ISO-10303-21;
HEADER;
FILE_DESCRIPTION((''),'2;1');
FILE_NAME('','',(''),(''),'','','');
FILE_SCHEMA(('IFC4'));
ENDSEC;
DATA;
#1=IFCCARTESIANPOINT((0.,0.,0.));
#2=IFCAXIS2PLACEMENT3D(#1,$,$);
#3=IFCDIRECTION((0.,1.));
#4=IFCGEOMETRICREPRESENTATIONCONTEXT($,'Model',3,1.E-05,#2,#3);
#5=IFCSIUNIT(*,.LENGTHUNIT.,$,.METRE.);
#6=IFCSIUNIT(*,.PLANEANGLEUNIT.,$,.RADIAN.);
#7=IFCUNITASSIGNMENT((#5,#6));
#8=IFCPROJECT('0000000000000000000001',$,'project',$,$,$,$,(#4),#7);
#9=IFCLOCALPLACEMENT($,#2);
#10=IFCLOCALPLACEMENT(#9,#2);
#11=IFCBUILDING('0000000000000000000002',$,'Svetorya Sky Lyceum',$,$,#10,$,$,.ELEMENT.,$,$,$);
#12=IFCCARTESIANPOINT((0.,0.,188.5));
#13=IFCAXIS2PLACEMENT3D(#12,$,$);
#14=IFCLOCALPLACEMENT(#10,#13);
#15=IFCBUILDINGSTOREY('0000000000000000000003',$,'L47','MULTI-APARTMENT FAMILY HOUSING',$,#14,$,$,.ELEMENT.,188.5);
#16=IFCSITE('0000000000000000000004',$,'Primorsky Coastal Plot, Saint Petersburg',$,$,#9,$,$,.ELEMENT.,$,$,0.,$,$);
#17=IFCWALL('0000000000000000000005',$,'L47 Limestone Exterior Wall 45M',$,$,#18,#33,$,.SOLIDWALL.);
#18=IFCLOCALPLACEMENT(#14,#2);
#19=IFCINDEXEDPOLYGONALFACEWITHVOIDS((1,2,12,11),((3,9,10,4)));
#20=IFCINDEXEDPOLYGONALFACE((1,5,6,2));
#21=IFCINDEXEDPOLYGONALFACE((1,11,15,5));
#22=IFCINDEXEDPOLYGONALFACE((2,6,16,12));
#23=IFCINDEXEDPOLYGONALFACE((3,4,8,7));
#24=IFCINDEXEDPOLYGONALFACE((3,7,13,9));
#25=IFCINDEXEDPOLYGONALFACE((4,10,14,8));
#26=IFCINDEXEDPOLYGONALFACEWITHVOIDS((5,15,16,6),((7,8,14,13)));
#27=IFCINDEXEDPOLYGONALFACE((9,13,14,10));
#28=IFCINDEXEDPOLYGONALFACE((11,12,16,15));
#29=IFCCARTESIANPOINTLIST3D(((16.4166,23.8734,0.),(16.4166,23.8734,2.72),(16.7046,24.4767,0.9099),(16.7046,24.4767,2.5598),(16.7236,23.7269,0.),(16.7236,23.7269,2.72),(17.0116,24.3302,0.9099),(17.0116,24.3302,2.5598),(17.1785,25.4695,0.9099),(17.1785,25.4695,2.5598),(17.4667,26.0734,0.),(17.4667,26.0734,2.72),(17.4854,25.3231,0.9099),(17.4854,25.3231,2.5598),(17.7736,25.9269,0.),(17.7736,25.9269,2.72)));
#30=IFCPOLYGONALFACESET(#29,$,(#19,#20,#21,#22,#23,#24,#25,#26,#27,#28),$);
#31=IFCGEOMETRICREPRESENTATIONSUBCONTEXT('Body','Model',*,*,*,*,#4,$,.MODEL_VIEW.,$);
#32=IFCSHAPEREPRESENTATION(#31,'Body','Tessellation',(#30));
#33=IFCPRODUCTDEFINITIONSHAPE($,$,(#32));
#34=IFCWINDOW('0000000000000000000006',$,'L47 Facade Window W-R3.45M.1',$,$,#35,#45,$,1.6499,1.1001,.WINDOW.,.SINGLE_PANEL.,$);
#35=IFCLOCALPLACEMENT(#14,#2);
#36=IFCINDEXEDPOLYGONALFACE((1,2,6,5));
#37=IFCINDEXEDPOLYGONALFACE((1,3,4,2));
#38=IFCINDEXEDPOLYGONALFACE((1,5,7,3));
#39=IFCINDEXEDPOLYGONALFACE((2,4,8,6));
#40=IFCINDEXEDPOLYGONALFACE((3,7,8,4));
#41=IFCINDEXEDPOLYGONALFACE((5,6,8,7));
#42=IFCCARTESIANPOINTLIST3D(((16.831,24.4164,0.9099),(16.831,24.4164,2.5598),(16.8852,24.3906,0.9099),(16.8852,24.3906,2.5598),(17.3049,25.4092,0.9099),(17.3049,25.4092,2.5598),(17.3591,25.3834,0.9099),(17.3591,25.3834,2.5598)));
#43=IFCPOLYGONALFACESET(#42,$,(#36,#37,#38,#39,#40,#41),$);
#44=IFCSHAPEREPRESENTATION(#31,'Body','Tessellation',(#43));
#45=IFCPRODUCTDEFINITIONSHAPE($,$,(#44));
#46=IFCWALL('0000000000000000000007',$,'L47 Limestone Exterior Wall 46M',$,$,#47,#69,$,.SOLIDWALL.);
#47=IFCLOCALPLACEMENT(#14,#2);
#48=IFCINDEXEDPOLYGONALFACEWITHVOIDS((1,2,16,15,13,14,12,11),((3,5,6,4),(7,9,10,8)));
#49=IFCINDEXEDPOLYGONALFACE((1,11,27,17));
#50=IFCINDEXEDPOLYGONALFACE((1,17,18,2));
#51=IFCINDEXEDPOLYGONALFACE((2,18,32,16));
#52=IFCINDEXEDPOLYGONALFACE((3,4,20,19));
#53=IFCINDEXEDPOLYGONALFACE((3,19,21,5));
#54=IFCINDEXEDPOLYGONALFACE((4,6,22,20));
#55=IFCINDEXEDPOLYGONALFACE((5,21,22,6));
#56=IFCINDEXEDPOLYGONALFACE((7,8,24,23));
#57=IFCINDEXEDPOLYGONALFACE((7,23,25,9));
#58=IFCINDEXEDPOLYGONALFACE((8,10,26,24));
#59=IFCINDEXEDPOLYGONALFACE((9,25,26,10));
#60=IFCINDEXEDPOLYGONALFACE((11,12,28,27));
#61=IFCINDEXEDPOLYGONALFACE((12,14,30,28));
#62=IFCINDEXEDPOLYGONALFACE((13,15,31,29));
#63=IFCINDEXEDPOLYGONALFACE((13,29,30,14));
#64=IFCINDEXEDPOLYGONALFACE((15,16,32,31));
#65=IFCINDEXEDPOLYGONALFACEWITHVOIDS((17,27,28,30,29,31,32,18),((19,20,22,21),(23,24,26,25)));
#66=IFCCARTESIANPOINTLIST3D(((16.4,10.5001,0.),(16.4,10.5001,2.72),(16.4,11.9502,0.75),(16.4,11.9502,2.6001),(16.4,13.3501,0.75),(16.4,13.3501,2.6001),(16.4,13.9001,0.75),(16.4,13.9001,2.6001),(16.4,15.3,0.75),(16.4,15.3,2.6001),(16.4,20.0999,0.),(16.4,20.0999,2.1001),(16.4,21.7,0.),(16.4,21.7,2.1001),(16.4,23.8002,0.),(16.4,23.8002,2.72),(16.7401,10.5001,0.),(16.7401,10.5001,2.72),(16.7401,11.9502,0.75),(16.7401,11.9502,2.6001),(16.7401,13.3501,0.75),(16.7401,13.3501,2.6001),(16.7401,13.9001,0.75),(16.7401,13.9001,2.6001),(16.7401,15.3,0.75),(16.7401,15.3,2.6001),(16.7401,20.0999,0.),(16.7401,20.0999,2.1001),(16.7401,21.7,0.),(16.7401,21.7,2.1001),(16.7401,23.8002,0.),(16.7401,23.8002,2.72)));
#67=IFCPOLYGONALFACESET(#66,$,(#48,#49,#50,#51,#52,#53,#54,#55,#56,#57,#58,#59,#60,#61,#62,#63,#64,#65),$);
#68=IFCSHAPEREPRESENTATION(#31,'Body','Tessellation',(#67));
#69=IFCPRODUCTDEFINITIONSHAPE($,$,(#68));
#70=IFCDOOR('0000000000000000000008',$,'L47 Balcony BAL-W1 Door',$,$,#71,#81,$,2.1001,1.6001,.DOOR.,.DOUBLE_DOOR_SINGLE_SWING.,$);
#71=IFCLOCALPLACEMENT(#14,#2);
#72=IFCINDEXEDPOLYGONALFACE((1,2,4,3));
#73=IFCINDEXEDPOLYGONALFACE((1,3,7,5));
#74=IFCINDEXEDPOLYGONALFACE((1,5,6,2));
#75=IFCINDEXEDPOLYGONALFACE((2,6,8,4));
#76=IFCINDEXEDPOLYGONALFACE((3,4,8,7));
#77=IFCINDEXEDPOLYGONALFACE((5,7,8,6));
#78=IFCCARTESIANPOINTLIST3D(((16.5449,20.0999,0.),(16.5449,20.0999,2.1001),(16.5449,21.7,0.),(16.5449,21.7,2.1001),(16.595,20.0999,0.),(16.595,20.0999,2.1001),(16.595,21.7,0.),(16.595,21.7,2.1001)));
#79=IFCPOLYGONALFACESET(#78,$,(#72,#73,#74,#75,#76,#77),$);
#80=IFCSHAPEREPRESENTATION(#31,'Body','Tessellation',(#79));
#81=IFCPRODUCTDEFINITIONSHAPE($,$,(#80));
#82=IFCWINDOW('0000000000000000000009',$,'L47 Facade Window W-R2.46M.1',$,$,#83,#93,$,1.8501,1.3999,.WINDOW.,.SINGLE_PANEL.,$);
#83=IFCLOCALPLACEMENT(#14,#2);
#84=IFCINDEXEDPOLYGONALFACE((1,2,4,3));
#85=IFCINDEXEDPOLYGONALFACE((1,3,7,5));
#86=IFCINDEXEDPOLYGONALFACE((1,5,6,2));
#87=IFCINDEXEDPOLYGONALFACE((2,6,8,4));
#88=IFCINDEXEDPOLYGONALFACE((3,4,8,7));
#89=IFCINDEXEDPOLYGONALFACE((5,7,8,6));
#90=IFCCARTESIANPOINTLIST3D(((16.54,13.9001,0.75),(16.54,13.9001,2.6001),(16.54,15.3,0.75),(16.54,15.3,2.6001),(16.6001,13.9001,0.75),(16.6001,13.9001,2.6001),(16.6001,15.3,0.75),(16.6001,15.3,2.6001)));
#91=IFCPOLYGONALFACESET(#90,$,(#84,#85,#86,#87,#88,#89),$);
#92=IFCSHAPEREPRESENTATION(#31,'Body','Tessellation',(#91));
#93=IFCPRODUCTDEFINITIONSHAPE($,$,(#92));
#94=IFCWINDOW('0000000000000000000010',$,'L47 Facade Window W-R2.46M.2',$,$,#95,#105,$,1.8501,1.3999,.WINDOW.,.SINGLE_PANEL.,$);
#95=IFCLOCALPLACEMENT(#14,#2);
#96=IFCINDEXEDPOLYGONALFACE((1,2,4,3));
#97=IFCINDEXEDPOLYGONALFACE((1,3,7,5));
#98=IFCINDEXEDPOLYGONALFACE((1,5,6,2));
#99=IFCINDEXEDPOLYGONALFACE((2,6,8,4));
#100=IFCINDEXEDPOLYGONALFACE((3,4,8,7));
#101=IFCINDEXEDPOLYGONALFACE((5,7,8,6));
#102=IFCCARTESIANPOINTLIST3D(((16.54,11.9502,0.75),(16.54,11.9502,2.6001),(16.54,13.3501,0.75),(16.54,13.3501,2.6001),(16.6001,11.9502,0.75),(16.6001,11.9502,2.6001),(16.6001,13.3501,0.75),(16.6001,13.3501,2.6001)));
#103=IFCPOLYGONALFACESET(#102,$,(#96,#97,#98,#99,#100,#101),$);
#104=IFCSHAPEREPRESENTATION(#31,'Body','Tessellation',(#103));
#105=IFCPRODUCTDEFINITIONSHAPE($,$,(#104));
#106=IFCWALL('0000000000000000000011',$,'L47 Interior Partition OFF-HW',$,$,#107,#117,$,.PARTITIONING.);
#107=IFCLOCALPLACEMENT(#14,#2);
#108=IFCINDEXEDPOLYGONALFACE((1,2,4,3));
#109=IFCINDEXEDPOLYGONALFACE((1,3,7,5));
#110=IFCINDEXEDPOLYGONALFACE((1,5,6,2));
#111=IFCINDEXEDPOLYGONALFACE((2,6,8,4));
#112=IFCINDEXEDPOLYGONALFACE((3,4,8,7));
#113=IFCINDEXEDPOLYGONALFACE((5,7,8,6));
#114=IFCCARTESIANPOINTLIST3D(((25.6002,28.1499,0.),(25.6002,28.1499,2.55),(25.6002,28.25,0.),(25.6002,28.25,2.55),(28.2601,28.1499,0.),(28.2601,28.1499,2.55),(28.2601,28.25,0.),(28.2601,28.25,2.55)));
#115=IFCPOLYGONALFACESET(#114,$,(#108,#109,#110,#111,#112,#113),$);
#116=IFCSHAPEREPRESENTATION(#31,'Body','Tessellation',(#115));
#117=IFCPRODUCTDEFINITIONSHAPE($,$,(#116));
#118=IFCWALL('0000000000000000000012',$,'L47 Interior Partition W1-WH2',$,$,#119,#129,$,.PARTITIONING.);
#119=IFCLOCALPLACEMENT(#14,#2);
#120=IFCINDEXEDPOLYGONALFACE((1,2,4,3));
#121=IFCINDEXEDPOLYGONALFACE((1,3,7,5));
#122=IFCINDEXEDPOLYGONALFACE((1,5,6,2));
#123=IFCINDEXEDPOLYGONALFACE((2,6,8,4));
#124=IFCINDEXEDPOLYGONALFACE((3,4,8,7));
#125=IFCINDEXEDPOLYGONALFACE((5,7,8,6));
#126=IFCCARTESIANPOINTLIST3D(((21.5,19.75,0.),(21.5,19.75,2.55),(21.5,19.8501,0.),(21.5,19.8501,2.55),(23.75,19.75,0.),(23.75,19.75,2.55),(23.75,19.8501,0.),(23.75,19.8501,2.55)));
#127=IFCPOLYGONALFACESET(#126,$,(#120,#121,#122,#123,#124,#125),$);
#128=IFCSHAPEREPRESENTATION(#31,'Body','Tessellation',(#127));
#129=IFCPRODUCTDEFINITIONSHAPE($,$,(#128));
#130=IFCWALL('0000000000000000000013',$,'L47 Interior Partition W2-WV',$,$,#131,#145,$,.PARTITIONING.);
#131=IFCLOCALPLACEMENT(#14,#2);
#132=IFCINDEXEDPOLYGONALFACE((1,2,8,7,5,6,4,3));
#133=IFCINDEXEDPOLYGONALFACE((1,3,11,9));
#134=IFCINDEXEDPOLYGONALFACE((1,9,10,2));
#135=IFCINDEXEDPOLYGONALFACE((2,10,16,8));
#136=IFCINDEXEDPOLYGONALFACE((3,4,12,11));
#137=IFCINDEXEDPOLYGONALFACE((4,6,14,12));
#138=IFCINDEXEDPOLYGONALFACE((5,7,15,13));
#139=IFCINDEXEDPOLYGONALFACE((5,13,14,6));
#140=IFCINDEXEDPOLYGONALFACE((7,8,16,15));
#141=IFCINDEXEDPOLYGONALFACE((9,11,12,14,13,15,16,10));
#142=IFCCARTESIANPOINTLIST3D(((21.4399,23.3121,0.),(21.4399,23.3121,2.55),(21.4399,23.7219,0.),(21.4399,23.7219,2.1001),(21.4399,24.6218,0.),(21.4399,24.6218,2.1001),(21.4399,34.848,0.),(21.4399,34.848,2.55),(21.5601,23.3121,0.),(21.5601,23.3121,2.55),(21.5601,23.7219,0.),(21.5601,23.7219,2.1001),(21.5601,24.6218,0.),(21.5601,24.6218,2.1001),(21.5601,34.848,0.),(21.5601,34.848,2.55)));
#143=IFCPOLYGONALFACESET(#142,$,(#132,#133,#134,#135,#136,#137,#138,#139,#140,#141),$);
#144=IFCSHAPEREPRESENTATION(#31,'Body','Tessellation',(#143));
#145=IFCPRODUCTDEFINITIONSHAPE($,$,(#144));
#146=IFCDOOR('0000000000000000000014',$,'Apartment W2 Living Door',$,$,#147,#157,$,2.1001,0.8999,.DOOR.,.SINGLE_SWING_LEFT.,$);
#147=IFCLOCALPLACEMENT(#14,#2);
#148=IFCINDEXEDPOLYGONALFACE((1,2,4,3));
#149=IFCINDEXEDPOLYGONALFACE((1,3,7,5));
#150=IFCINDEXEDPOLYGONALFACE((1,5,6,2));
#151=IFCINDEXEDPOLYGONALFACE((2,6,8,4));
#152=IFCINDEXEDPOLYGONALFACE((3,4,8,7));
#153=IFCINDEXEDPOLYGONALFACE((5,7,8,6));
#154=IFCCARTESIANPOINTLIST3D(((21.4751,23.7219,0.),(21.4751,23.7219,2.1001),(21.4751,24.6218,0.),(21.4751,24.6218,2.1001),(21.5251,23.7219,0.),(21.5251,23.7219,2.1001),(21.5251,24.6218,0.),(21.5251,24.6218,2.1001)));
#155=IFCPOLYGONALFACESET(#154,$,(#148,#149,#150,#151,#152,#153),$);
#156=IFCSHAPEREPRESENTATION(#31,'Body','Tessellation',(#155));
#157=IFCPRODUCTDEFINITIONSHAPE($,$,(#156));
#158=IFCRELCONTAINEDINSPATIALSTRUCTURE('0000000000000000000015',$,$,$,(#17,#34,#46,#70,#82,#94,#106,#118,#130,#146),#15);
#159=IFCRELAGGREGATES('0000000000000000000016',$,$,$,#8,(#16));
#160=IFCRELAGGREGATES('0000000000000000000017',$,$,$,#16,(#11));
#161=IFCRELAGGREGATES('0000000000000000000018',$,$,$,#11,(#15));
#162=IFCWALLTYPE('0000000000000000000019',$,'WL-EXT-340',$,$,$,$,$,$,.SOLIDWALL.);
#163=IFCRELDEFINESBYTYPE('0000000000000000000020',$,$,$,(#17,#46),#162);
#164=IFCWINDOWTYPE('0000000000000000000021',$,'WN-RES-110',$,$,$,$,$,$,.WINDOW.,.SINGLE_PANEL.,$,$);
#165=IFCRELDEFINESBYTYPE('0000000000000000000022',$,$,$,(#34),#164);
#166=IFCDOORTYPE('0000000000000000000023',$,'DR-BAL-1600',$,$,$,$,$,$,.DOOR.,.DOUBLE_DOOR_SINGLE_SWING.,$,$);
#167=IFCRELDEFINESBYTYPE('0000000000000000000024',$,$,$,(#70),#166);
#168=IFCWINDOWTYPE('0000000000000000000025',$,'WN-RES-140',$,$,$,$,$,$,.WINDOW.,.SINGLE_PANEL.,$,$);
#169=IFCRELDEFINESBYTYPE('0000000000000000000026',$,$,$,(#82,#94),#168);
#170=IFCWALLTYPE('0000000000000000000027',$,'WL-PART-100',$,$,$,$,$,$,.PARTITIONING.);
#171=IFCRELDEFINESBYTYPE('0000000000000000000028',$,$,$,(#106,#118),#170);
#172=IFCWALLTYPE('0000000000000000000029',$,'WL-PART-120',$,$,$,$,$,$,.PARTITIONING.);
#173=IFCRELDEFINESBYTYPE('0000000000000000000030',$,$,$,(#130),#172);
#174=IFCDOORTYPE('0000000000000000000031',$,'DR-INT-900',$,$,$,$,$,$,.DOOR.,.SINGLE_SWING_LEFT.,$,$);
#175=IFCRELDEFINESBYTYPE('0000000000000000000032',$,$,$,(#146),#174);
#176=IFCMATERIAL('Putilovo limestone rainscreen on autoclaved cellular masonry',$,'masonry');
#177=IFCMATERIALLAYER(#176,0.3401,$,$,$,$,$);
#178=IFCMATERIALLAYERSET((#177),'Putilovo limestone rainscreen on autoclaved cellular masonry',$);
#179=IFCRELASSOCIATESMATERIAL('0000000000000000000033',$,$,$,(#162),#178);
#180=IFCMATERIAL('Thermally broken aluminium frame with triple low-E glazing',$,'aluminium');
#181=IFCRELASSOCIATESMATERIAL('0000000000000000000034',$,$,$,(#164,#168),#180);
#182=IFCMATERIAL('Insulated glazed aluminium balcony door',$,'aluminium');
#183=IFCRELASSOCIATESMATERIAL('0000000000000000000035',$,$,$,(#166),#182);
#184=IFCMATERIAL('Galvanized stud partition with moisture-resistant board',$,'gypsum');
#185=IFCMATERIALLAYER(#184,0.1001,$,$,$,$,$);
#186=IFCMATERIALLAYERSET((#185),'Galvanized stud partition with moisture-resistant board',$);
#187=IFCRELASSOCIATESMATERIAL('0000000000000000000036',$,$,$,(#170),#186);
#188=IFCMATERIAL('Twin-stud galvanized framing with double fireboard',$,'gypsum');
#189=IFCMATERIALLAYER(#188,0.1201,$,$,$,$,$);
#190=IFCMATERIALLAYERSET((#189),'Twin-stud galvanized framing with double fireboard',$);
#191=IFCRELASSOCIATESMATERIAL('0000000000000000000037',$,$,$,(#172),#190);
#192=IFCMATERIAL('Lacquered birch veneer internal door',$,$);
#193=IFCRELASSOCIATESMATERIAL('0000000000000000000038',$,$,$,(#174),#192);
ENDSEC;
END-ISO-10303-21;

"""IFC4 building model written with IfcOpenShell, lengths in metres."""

from ifc_helpers import new_model, si_unit, direction, frame, frame_2d, origin, place, context, subcontext, project, spatial, rectangle, extrude, material, layer, layer_set, type_object, element, fill, save


model = new_model("IFC4")

# Units and contexts
model_context = context("Model", 3, precision=1e-05, world=origin(), true_north=direction((0.0, 1.0)))
body_context = subcontext(model_context, "Body", "Model", "MODEL_VIEW")
ifc_project = project(units=[si_unit("LENGTHUNIT", "METRE"), si_unit("PLANEANGLEUNIT", "RADIAN")], contexts=[model_context])

# Site, building, storey
site_placement = place(None, origin())
site = spatial("IfcSite", under=ifc_project, at=site_placement, Name="Primorsky Coastal Plot, Saint Petersburg", CompositionType="ELEMENT", RefElevation=0.0)
building_placement = place(site_placement, origin())
building = spatial("IfcBuilding", under=site, at=building_placement, Name="Svetorya Sky Lyceum", CompositionType="ELEMENT")
storey_placement = place(building_placement, frame((0.0, 0.0, 188.5)))
storey = spatial("IfcBuildingStorey", under=building, at=storey_placement, Name="L47", Description="MULTI-APARTMENT FAMILY HOUSING", CompositionType="ELEMENT", Elevation=188.5)

# Shared definitions
ifc_material_1 = material(Name="Putilovo limestone rainscreen on autoclaved cellular masonry", Category="masonry")
ifc_layer_1 = layer(ifc_material_1, 0.3401)
ifc_layer_set_1 = layer_set([ifc_layer_1], Name="Putilovo limestone rainscreen on autoclaved cellular masonry")
wall_type_1 = type_object("IfcWallType", Name="WL-EXT-340", PredefinedType="SOLIDWALL", material=ifc_layer_set_1)

# Wall, opening, window
wall_1_placement = place(storey_placement, frame((17.6201, 26.0, 0.0), z_axis=(0.0, 0.0, 1.0), x_axis=(-0.430754, -0.90247, 0.0)))
wall_1 = element("IfcWall", 1, at=wall_1_placement, inside=storey, type_object=wall_type_1, Name="L47 Limestone Exterior Wall 45M", PredefinedType="SOLIDWALL", context=body_context, shape_type="SweptSolid", body=[
    extrude(rectangle(XDim=2.4377, YDim=0.3401, at=frame_2d((1.2188, 0.0))), origin(), (0.0, 0.0, 1.0), 2.72),
])
opening_1_placement = place(wall_1_placement, frame((0.6689, 0.0, 0.9099)))
opening_1 = element("IfcOpeningElement", 2, at=opening_1_placement, cuts=wall_1, PredefinedType="OPENING", context=body_context, shape_type="SweptSolid", body=[
    extrude(rectangle(XDim=1.1001, YDim=1.6499, at=frame_2d((0.55, 0.825))), frame((0.0, 0.1799, 0.0), z_axis=(0.0, -1.0, 0.0), x_axis=(1.0, 0.0, 0.0)), (0.0, 0.0, 1.0), 0.3601),
])
ifc_material_2 = material(Name="Thermally broken aluminium frame with triple low-E glazing", Category="aluminium")
window_type_1 = type_object("IfcWindowType", Name="WN-RES-110", PartitioningType="SINGLE_PANEL", PredefinedType="WINDOW", material=ifc_material_2)
window_1_placement = place(opening_1_placement, origin())
window_1 = element("IfcWindow", 3, at=window_1_placement, inside=storey, type_object=window_type_1, Name="L47 Facade Window W-R3.45M.1", OverallHeight=1.6499, OverallWidth=1.1001, PartitioningType="SINGLE_PANEL", PredefinedType="WINDOW", context=body_context, shape_type="SweptSolid", body=[
    extrude(rectangle(XDim=1.1001, YDim=1.6499, at=frame_2d((0.55, 0.825))), frame((0.0, 0.03, 0.0), z_axis=(0.0, -1.0, 0.0), x_axis=(1.0, 0.0, 0.0)), (0.0, 0.0, 1.0), 0.0601),
])
fill(opening_1, window_1)

# Wall, openings, door, windows
wall_2_placement = place(storey_placement, frame((16.5701, 23.8, 0.0), z_axis=(0.0, 0.0, 1.0), x_axis=(0.0, -1.0, 0.0)))
wall_2 = element("IfcWall", 4, at=wall_2_placement, inside=storey, type_object=wall_type_1, Name="L47 Limestone Exterior Wall 46M", PredefinedType="SOLIDWALL", context=body_context, shape_type="SweptSolid", body=[
    extrude(rectangle(XDim=13.3, YDim=0.3401, at=frame_2d((6.6499, 0.0))), origin(), (0.0, 0.0, 1.0), 2.72),
])
opening_2_placement = place(wall_2_placement, frame((2.1001, 0.0, 0.0)))
opening_2 = element("IfcOpeningElement", 5, at=opening_2_placement, cuts=wall_2, PredefinedType="OPENING", context=body_context, shape_type="SweptSolid", body=[
    extrude(rectangle(XDim=1.6001, YDim=2.1001, at=frame_2d((0.8, 1.05))), frame((0.0, 0.1799, 0.0), z_axis=(0.0, -1.0, 0.0), x_axis=(1.0, 0.0, 0.0)), (0.0, 0.0, 1.0), 0.3601),
])
opening_3_placement = place(wall_2_placement, frame((8.5, 0.0, 0.75)))
opening_3 = element("IfcOpeningElement", 6, at=opening_3_placement, cuts=wall_2, PredefinedType="OPENING", context=body_context, shape_type="SweptSolid", body=[
    extrude(rectangle(XDim=1.3999, YDim=1.8501, at=frame_2d((0.7, 0.925))), frame((0.0, 0.1799, 0.0), z_axis=(0.0, -1.0, 0.0), x_axis=(1.0, 0.0, 0.0)), (0.0, 0.0, 1.0), 0.3601),
])
opening_4_placement = place(wall_2_placement, frame((10.45, 0.0, 0.75)))
opening_4 = element("IfcOpeningElement", 7, at=opening_4_placement, cuts=wall_2, PredefinedType="OPENING", context=body_context, shape_type="SweptSolid", body=[
    extrude(rectangle(XDim=1.3999, YDim=1.8501, at=frame_2d((0.7, 0.925))), frame((0.0, 0.1799, 0.0), z_axis=(0.0, -1.0, 0.0), x_axis=(1.0, 0.0, 0.0)), (0.0, 0.0, 1.0), 0.3601),
])
ifc_material_3 = material(Name="Insulated glazed aluminium balcony door", Category="aluminium")
door_type_1 = type_object("IfcDoorType", Name="DR-BAL-1600", OperationType="DOUBLE_DOOR_SINGLE_SWING", PredefinedType="DOOR", material=ifc_material_3)
door_1_placement = place(opening_2_placement, origin())
door_1 = element("IfcDoor", 8, at=door_1_placement, inside=storey, type_object=door_type_1, Name="L47 Balcony BAL-W1 Door", OperationType="DOUBLE_DOOR_SINGLE_SWING", OverallHeight=2.1001, OverallWidth=1.6001, PredefinedType="DOOR", context=body_context, shape_type="SweptSolid", body=[
    extrude(rectangle(XDim=1.6001, YDim=2.1001, at=frame_2d((0.8, 1.05))), frame((0.0, 0.0249, 0.0), z_axis=(0.0, -1.0, 0.0), x_axis=(1.0, 0.0, 0.0)), (0.0, 0.0, 1.0), 0.05),
])
fill(opening_2, door_1)
window_type_2 = type_object("IfcWindowType", Name="WN-RES-140", PartitioningType="SINGLE_PANEL", PredefinedType="WINDOW", material=ifc_material_2)
window_2_placement = place(opening_3_placement, origin())
window_2 = element("IfcWindow", 9, at=window_2_placement, inside=storey, type_object=window_type_2, Name="L47 Facade Window W-R2.46M.1", OverallHeight=1.8501, OverallWidth=1.3999, PartitioningType="SINGLE_PANEL", PredefinedType="WINDOW", context=body_context, shape_type="SweptSolid", body=[
    extrude(rectangle(XDim=1.3999, YDim=1.8501, at=frame_2d((0.7, 0.925))), frame((0.0, 0.03, 0.0), z_axis=(0.0, -1.0, 0.0), x_axis=(1.0, 0.0, 0.0)), (0.0, 0.0, 1.0), 0.0601),
])
fill(opening_3, window_2)
window_3_placement = place(opening_4_placement, origin())
window_3 = element("IfcWindow", 10, at=window_3_placement, inside=storey, type_object=window_type_2, Name="L47 Facade Window W-R2.46M.2", OverallHeight=1.8501, OverallWidth=1.3999, PartitioningType="SINGLE_PANEL", PredefinedType="WINDOW", context=body_context, shape_type="SweptSolid", body=[
    extrude(rectangle(XDim=1.3999, YDim=1.8501, at=frame_2d((0.7, 0.925))), frame((0.0, 0.03, 0.0), z_axis=(0.0, -1.0, 0.0), x_axis=(1.0, 0.0, 0.0)), (0.0, 0.0, 1.0), 0.0601),
])
fill(opening_4, window_3)

# Walls
ifc_material_4 = material(Name="Galvanized stud partition with moisture-resistant board", Category="gypsum")
ifc_layer_2 = layer(ifc_material_4, 0.1001)
ifc_layer_set_2 = layer_set([ifc_layer_2], Name="Galvanized stud partition with moisture-resistant board")
wall_type_2 = type_object("IfcWallType", Name="WL-PART-100", PredefinedType="PARTITIONING", material=ifc_layer_set_2)
wall_3_placement = place(storey_placement, frame((25.6001, 28.2, 0.0), z_axis=(0.0, 0.0, 1.0), x_axis=(1.0, 0.0, 0.0)))
element("IfcWall", 11, at=wall_3_placement, inside=storey, type_object=wall_type_2, Name="L47 Interior Partition OFF-HW", PredefinedType="PARTITIONING", context=body_context, shape_type="SweptSolid", body=[
    extrude(rectangle(XDim=2.6599, YDim=0.1001, at=frame_2d((1.3301, 0.0))), origin(), (0.0, 0.0, 1.0), 2.55),
])
wall_4_placement = place(storey_placement, frame((21.5, 19.8, 0.0), z_axis=(0.0, 0.0, 1.0), x_axis=(1.0, 0.0, 0.0)))
element("IfcWall", 12, at=wall_4_placement, inside=storey, type_object=wall_type_2, Name="L47 Interior Partition W1-WH2", PredefinedType="PARTITIONING", context=body_context, shape_type="SweptSolid", body=[
    extrude(rectangle(XDim=2.25, YDim=0.1001, at=frame_2d((1.125, 0.0))), origin(), (0.0, 0.0, 1.0), 2.55),
])

# Wall, opening, door
ifc_material_5 = material(Name="Twin-stud galvanized framing with double fireboard", Category="gypsum")
ifc_layer_3 = layer(ifc_material_5, 0.1201)
ifc_layer_set_3 = layer_set([ifc_layer_3], Name="Twin-stud galvanized framing with double fireboard")
wall_type_3 = type_object("IfcWallType", Name="WL-PART-120", PredefinedType="PARTITIONING", material=ifc_layer_set_3)
wall_5_placement = place(storey_placement, frame((21.5, 23.312, 0.0), z_axis=(0.0, 0.0, 1.0), x_axis=(0.0, 1.0, 0.0)))
wall_5 = element("IfcWall", 13, at=wall_5_placement, inside=storey, type_object=wall_type_3, Name="L47 Interior Partition W2-WV", PredefinedType="PARTITIONING", context=body_context, shape_type="SweptSolid", body=[
    extrude(rectangle(XDim=11.5359, YDim=0.1201, at=frame_2d((5.7681, 0.0))), origin(), (0.0, 0.0, 1.0), 2.55),
])
opening_5_placement = place(wall_5_placement, frame((0.4099, 0.0, 0.0)))
opening_5 = element("IfcOpeningElement", 14, at=opening_5_placement, cuts=wall_5, PredefinedType="OPENING", context=body_context, shape_type="SweptSolid", body=[
    extrude(rectangle(XDim=0.8999, YDim=2.1001, at=frame_2d((0.45, 1.05))), frame((0.0, 0.0701, 0.0), z_axis=(0.0, -1.0, 0.0), x_axis=(1.0, 0.0, 0.0)), (0.0, 0.0, 1.0), 0.1401),
])
ifc_material_6 = material(Name="Lacquered birch veneer internal door")
door_type_2 = type_object("IfcDoorType", Name="DR-INT-900", OperationType="SINGLE_SWING_LEFT", PredefinedType="DOOR", material=ifc_material_6)
door_2_placement = place(opening_5_placement, origin())
door_2 = element("IfcDoor", 15, at=door_2_placement, inside=storey, type_object=door_type_2, Name="Apartment W2 Living Door", OperationType="SINGLE_SWING_LEFT", OverallHeight=2.1001, OverallWidth=0.8999, PredefinedType="DOOR", context=body_context, shape_type="SweptSolid", body=[
    extrude(rectangle(XDim=0.8999, YDim=2.1001, at=frame_2d((0.45, 1.05))), frame((0.0, 0.0249, 0.0), z_axis=(0.0, -1.0, 0.0), x_axis=(1.0, 0.0, 0.0)), (0.0, 0.0, 1.0), 0.05),
])
fill(opening_5, door_2)

save(model, "model.ifc")
